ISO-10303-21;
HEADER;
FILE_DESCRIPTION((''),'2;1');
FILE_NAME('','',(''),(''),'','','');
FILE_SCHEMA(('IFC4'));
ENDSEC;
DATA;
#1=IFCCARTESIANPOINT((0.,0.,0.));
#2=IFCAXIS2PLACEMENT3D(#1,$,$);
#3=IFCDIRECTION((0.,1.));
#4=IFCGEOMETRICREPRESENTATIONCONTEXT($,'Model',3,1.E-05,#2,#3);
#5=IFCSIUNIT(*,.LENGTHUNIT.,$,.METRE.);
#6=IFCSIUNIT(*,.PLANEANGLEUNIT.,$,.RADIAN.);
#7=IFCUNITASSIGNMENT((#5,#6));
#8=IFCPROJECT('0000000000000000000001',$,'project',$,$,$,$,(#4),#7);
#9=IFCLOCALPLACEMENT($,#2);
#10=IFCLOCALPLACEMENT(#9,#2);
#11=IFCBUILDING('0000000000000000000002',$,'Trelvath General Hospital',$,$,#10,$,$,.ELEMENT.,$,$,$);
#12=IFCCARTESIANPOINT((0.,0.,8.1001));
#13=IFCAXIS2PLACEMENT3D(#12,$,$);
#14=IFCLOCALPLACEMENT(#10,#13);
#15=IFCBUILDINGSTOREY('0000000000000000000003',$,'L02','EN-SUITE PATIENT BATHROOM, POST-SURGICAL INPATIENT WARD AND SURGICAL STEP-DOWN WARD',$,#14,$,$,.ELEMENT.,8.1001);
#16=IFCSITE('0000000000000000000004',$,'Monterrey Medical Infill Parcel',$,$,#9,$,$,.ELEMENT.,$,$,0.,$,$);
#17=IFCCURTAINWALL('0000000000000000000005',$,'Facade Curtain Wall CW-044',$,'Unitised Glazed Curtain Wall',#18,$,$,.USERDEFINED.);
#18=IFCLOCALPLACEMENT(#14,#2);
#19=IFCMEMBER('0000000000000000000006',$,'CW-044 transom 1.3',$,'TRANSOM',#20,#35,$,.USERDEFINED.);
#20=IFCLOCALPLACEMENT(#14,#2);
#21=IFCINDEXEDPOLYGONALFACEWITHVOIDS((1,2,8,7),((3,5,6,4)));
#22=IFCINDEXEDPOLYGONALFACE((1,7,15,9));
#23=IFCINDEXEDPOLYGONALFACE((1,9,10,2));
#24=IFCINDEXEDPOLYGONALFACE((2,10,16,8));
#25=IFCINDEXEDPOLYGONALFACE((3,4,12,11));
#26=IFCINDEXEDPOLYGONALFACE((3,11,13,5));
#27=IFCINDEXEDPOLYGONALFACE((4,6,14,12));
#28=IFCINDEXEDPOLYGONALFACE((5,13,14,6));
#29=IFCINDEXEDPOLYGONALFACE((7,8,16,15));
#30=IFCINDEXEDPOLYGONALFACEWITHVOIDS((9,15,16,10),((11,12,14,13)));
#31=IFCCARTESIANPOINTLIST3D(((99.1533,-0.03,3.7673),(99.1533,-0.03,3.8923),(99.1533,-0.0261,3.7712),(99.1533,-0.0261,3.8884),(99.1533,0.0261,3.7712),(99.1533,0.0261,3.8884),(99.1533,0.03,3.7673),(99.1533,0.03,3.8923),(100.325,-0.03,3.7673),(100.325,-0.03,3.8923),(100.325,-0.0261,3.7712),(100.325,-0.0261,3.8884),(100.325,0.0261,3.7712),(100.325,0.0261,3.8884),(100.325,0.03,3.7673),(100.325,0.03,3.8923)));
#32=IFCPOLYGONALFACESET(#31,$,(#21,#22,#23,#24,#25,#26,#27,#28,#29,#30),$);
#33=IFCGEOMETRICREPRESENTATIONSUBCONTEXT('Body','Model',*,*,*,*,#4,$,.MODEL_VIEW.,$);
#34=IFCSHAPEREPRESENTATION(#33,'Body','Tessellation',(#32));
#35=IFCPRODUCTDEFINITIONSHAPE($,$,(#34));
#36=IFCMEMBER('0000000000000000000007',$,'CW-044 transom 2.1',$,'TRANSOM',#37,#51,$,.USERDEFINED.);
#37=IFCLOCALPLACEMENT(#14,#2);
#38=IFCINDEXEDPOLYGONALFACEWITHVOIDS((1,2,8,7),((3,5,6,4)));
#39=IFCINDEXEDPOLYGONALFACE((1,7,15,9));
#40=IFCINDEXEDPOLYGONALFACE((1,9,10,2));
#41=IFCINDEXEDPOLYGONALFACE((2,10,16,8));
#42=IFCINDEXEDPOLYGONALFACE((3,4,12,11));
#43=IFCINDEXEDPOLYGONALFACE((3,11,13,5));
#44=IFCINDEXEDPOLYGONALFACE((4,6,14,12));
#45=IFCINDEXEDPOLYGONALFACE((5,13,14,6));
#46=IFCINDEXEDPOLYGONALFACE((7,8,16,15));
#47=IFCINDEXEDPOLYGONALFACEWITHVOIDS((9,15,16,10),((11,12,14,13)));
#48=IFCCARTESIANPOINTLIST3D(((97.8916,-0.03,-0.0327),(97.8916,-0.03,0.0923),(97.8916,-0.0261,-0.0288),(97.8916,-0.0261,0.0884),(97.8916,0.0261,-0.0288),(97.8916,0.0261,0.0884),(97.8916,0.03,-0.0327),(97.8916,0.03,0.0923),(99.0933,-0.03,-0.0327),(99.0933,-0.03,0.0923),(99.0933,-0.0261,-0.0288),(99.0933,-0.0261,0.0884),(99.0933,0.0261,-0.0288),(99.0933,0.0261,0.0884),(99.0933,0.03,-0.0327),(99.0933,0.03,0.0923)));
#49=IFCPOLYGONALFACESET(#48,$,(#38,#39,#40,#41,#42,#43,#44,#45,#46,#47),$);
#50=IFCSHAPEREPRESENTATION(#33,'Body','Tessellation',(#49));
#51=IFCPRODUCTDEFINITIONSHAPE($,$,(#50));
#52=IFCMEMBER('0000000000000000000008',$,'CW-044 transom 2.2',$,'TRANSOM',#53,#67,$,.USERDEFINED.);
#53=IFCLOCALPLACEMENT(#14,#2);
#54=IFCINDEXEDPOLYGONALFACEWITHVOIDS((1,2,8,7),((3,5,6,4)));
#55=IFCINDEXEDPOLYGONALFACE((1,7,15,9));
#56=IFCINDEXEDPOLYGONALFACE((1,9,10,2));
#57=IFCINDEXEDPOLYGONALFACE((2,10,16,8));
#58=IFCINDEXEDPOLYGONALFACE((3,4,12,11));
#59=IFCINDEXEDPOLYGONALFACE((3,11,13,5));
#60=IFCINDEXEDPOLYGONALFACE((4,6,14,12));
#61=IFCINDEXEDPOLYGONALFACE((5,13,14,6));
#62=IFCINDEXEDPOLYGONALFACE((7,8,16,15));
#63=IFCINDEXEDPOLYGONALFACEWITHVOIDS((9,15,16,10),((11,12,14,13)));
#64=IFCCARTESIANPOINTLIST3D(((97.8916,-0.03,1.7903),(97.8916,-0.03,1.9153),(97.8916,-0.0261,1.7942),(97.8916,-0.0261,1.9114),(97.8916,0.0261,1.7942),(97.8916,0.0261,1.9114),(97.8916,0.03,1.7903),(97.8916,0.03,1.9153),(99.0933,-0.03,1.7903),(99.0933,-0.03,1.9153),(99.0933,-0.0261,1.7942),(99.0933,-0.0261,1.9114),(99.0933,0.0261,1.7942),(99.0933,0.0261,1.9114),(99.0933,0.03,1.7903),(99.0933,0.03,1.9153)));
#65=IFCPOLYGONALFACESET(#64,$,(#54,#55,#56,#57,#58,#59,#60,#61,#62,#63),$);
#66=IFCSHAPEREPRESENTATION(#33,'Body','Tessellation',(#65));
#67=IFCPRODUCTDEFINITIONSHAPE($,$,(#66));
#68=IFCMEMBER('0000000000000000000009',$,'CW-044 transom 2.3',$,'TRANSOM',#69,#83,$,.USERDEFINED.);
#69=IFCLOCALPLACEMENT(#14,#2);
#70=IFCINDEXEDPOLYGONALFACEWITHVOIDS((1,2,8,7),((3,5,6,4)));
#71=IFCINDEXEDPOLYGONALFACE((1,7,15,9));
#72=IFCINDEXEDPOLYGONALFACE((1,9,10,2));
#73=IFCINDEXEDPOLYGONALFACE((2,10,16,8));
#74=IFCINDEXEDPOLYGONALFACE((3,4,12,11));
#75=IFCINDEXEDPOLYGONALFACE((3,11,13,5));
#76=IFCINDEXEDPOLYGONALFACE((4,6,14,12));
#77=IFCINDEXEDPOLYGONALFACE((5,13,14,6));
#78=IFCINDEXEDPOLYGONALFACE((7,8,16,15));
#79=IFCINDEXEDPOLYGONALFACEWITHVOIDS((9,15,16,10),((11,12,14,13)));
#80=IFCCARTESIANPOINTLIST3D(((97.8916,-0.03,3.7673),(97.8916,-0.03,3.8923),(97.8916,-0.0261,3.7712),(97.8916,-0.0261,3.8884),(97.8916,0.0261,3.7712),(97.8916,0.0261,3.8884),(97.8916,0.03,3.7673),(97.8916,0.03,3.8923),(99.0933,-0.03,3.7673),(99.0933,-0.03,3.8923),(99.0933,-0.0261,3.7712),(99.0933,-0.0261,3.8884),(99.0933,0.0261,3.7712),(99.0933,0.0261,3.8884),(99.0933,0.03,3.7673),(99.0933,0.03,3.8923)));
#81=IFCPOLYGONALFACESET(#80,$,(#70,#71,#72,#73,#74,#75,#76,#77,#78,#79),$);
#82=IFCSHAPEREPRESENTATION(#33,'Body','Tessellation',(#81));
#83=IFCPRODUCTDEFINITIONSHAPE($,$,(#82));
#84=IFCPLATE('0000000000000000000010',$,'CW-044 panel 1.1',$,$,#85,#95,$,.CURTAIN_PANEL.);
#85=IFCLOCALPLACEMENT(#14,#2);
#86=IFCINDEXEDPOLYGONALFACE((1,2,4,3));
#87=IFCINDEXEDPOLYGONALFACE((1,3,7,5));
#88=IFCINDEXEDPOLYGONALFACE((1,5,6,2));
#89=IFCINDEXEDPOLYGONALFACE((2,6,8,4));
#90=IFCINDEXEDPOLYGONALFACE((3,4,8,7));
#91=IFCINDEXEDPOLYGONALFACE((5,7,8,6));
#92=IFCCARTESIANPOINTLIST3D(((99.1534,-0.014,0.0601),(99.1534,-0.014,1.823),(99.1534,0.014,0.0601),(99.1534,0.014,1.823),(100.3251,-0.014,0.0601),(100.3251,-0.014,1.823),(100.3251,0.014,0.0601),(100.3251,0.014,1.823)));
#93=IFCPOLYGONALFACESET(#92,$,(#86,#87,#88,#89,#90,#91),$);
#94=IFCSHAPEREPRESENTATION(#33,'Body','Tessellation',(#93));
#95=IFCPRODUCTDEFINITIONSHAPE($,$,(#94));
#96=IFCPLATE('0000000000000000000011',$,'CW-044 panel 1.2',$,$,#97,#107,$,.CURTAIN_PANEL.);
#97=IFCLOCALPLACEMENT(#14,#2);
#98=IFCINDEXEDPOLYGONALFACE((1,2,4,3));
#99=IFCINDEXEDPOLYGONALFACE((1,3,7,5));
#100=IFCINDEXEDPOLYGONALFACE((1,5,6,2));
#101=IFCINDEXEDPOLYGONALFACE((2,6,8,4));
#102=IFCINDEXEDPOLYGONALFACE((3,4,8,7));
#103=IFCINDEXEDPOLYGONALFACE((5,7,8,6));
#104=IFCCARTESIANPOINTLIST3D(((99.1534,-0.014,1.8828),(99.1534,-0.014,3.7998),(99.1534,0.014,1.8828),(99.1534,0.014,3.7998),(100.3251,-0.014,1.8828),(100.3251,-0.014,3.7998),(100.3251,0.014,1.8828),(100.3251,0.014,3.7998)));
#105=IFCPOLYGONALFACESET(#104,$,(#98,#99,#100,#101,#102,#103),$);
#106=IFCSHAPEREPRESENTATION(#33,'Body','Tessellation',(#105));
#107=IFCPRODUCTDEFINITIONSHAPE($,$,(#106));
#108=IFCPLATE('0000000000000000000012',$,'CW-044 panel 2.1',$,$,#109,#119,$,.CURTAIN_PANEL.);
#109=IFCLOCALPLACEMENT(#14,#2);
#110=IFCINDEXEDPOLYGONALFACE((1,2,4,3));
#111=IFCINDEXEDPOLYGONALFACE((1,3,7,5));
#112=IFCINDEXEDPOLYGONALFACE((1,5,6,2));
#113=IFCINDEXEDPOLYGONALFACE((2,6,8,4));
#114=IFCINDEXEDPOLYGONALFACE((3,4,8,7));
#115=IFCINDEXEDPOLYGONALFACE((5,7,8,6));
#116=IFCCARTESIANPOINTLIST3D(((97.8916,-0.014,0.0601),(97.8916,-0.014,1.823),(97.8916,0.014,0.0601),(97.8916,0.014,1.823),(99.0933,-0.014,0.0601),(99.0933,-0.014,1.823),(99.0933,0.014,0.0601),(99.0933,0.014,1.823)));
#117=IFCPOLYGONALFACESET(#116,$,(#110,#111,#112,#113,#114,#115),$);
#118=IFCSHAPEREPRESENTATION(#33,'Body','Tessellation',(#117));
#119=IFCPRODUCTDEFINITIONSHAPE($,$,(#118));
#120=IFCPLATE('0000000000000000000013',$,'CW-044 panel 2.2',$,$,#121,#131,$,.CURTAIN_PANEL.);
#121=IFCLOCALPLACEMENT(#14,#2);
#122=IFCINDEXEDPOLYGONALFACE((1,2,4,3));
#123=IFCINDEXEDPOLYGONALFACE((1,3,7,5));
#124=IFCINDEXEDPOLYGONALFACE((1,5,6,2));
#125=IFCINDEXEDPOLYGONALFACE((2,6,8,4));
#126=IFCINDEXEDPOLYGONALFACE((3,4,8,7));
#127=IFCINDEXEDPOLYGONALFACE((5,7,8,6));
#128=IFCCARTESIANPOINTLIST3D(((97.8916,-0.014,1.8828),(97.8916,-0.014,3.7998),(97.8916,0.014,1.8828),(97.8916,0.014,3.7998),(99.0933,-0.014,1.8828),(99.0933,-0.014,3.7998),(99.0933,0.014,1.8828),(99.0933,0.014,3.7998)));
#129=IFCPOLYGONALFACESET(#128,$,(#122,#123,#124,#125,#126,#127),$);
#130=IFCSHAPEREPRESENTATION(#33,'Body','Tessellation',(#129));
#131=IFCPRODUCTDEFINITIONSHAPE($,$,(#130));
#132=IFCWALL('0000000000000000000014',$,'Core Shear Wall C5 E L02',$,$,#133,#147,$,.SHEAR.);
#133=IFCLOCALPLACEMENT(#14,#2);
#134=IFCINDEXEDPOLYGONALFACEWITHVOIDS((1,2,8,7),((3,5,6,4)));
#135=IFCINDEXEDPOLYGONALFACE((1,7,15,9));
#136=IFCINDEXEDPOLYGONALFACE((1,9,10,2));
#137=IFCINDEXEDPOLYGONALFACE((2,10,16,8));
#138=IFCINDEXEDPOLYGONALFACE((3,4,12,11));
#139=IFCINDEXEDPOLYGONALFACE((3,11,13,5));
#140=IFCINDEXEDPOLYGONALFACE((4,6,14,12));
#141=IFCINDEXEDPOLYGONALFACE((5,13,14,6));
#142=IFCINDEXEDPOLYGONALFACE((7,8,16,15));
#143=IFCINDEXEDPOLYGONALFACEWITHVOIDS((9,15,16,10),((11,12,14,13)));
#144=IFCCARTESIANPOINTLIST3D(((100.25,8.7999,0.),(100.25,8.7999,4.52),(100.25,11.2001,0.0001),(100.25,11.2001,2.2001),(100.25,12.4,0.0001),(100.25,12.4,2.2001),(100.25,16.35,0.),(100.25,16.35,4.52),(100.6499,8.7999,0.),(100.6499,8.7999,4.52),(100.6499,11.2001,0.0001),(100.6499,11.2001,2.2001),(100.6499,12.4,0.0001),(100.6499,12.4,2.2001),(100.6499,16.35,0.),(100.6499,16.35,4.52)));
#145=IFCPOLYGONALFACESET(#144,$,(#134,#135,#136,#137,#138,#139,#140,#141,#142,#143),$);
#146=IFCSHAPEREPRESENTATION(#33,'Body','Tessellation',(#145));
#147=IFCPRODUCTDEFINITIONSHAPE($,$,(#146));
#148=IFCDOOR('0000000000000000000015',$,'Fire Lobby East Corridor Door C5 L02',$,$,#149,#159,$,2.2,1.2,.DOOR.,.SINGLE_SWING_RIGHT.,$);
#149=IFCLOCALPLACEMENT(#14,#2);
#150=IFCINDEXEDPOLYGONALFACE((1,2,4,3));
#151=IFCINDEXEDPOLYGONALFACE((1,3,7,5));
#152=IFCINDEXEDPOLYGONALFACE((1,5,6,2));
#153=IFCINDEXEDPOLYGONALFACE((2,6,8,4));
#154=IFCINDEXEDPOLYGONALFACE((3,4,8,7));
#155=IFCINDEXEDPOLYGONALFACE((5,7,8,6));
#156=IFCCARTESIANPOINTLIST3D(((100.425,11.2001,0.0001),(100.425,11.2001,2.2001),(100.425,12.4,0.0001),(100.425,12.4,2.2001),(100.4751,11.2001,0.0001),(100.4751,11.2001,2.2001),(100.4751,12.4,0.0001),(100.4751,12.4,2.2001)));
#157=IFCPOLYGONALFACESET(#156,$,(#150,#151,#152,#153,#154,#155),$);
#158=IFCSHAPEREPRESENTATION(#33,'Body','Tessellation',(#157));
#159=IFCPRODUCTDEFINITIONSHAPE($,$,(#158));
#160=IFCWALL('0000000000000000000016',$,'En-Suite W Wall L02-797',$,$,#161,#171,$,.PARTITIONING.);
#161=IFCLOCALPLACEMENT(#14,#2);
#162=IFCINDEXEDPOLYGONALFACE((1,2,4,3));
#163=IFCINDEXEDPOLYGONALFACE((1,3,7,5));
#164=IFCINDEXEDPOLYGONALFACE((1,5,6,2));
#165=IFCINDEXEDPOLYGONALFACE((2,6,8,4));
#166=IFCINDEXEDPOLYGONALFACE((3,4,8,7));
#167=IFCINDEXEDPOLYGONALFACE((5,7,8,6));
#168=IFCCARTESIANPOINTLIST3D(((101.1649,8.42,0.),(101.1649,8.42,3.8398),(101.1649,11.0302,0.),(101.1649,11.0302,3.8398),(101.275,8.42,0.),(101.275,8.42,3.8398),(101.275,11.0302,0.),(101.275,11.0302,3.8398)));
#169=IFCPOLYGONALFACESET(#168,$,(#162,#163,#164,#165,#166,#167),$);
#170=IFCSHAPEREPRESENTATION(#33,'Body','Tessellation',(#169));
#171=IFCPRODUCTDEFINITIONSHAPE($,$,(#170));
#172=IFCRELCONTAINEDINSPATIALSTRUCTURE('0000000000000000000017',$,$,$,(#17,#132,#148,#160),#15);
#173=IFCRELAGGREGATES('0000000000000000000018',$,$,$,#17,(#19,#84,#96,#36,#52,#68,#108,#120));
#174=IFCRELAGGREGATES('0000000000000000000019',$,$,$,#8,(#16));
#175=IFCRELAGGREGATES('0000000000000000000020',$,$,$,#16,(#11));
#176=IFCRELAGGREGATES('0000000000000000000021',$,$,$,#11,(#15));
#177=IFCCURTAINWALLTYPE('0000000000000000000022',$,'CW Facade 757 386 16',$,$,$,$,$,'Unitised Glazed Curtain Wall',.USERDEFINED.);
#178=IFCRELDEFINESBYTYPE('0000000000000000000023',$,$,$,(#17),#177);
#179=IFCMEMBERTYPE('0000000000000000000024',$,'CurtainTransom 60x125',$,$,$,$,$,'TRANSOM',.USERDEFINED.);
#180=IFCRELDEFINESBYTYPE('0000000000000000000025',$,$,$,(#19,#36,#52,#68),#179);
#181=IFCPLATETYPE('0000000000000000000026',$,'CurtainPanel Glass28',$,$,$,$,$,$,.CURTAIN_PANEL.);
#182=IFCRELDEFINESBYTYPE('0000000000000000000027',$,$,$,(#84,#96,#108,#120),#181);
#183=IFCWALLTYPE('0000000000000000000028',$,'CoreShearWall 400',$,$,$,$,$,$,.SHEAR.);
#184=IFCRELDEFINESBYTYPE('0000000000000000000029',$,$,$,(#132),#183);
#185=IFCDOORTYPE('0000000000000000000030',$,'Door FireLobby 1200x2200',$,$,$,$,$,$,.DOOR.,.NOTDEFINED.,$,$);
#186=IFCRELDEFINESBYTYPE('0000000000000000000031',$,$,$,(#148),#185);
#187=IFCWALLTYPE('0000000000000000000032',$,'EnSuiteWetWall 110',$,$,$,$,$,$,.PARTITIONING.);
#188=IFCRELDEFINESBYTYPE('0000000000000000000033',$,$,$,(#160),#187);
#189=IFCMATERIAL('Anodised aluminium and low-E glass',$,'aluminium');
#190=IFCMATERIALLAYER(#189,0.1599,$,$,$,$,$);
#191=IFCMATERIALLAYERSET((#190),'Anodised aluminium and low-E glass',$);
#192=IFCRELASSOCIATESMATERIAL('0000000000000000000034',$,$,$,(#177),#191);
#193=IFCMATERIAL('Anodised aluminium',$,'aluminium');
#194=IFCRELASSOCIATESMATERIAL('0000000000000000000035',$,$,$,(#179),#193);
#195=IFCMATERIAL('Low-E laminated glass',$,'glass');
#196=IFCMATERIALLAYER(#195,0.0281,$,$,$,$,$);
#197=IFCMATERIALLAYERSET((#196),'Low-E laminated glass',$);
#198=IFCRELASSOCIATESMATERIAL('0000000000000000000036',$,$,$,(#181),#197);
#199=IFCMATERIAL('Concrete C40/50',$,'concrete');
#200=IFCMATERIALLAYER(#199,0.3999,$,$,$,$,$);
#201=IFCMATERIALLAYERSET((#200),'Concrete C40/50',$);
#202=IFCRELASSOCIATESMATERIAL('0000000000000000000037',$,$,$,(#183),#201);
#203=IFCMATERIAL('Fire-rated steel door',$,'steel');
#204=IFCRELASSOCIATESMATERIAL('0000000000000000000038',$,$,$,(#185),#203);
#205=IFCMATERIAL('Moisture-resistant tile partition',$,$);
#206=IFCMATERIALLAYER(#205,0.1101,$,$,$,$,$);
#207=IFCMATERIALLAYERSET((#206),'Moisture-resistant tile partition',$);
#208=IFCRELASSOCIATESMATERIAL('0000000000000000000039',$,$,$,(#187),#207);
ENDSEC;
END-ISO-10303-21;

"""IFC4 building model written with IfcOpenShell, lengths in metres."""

from ifc_helpers import new_model, si_unit, direction, frame, frame_2d, origin, origin_2d, place, context, subcontext, project, spatial, rectangle, hollow_rectangle, extrude, material, layer, layer_set, material_profile, profile_set, type_object, element, fill, aggregate, save


model = new_model("IFC4")

# Units and contexts
model_context = context("Model", 3, precision=1e-05, world=origin(), true_north=direction((0.0, 1.0)))
body_context = subcontext(model_context, "Body", "Model", "MODEL_VIEW")
ifc_project = project(units=[si_unit("LENGTHUNIT", "METRE"), si_unit("PLANEANGLEUNIT", "RADIAN")], contexts=[model_context])

# Site, building, storey
site_placement = place(None, origin())
site = spatial("IfcSite", under=ifc_project, at=site_placement, Name="Monterrey Medical Infill Parcel", CompositionType="ELEMENT", RefElevation=0.0)
building_placement = place(site_placement, origin())
building = spatial("IfcBuilding", under=site, at=building_placement, Name="Trelvath General Hospital", CompositionType="ELEMENT")
storey_placement = place(building_placement, frame((0.0, 0.0, 8.1001)))
storey = spatial("IfcBuildingStorey", under=building, at=storey_placement, Name="L02", Description="EN-SUITE PATIENT BATHROOM, POST-SURGICAL INPATIENT WARD AND SURGICAL STEP-DOWN WARD", CompositionType="ELEMENT", Elevation=8.1001)

# Curtain wall, members, plates
ifc_material_1 = material(Name="Anodised aluminium and low-E glass", Category="aluminium")
ifc_layer_1 = layer(ifc_material_1, 0.1599)
ifc_layer_set_1 = layer_set([ifc_layer_1], Name="Anodised aluminium and low-E glass")
curtain_wall_type = type_object("IfcCurtainWallType", Name="CW Facade 757 386 16", ElementType="Unitised Glazed Curtain Wall", PredefinedType="USERDEFINED", material=ifc_layer_set_1)
curtain_wall_placement = place(storey_placement, origin())
curtain_wall = element("IfcCurtainWall", 1, at=curtain_wall_placement, inside=storey, type_object=curtain_wall_type, Name="Facade Curtain Wall CW-044", ObjectType="Unitised Glazed Curtain Wall", PredefinedType="USERDEFINED")
ifc_material_2 = material(Name="Anodised aluminium", Category="aluminium")
ifc_material_profile_1 = material_profile(ifc_material_2, hollow_rectangle(XDim=0.0601, YDim=0.125, WallThickness=0.0039, at=origin_2d()), Name="RHS60x125x4")
ifc_profile_set_1 = profile_set([ifc_material_profile_1], Name="Anodised aluminium")
member_type_1 = type_object("IfcMemberType", Name="CurtainTransom 60x125", ElementType="TRANSOM", PredefinedType="USERDEFINED", material=ifc_profile_set_1)
member_1_placement = place(storey_placement, frame((100.325, 0.0, 3.8298), z_axis=(-1.0, 0.0, 0.0), x_axis=(0.0, -1.0, 0.0)))
member_1 = element("IfcMember", 2, at=member_1_placement, type_object=member_type_1, Name="CW-044 transom 1.3", ObjectType="TRANSOM", PredefinedType="USERDEFINED", context=body_context, shape_type="SweptSolid", body=[
    extrude(hollow_rectangle(XDim=0.0601, YDim=0.125, WallThickness=0.0039, at=origin_2d()), origin(), (0.0, 0.0, 1.0), 1.1716),
])
member_2_placement = place(storey_placement, frame((99.0933, 0.0, 0.0298), z_axis=(-1.0, 0.0, 0.0), x_axis=(0.0, -1.0, 0.0)))
member_2 = element("IfcMember", 3, at=member_2_placement, type_object=member_type_1, Name="CW-044 transom 2.1", ObjectType="TRANSOM", PredefinedType="USERDEFINED", context=body_context, shape_type="SweptSolid", body=[
    extrude(hollow_rectangle(XDim=0.0601, YDim=0.125, WallThickness=0.0039, at=origin_2d()), origin(), (0.0, 0.0, 1.0), 1.2017),
])
member_3_placement = place(storey_placement, frame((99.0933, 0.0, 1.8528), z_axis=(-1.0, 0.0, 0.0), x_axis=(0.0, -1.0, 0.0)))
member_3 = element("IfcMember", 4, at=member_3_placement, type_object=member_type_1, Name="CW-044 transom 2.2", ObjectType="TRANSOM", PredefinedType="USERDEFINED", context=body_context, shape_type="SweptSolid", body=[
    extrude(hollow_rectangle(XDim=0.0601, YDim=0.125, WallThickness=0.0039, at=origin_2d()), origin(), (0.0, 0.0, 1.0), 1.2017),
])
member_4_placement = place(storey_placement, frame((99.0933, 0.0, 3.8298), z_axis=(-1.0, 0.0, 0.0), x_axis=(0.0, -1.0, 0.0)))
member_4 = element("IfcMember", 5, at=member_4_placement, type_object=member_type_1, Name="CW-044 transom 2.3", ObjectType="TRANSOM", PredefinedType="USERDEFINED", context=body_context, shape_type="SweptSolid", body=[
    extrude(hollow_rectangle(XDim=0.0601, YDim=0.125, WallThickness=0.0039, at=origin_2d()), origin(), (0.0, 0.0, 1.0), 1.2017),
])
ifc_material_3 = material(Name="Low-E laminated glass", Category="glass")
ifc_layer_2 = layer(ifc_material_3, 0.0281)
ifc_layer_set_2 = layer_set([ifc_layer_2], Name="Low-E laminated glass")
plate_type = type_object("IfcPlateType", Name="CurtainPanel Glass28", PredefinedType="CURTAIN_PANEL", material=ifc_layer_set_2)
plate_1_placement = place(storey_placement, frame((99.7393, 0.0, 0.0601), z_axis=(0.0, 0.0, 1.0), x_axis=(-1.0, 0.0, 0.0)))
plate_1 = element("IfcPlate", 6, at=plate_1_placement, type_object=plate_type, Name="CW-044 panel 1.1", PredefinedType="CURTAIN_PANEL", context=body_context, shape_type="SweptSolid", body=[
    extrude(rectangle(XDim=1.1716, YDim=0.0281, at=origin_2d()), origin(), (0.0, 0.0, 1.0), 1.7629),
])
plate_2_placement = place(storey_placement, frame((99.7393, 0.0, 1.8828), z_axis=(0.0, 0.0, 1.0), x_axis=(-1.0, 0.0, 0.0)))
plate_2 = element("IfcPlate", 7, at=plate_2_placement, type_object=plate_type, Name="CW-044 panel 1.2", PredefinedType="CURTAIN_PANEL", context=body_context, shape_type="SweptSolid", body=[
    extrude(rectangle(XDim=1.1716, YDim=0.0281, at=origin_2d()), origin(), (0.0, 0.0, 1.0), 1.917),
])
plate_3_placement = place(storey_placement, frame((98.4924, 0.0, 0.0601), z_axis=(0.0, 0.0, 1.0), x_axis=(-1.0, 0.0, 0.0)))
plate_3 = element("IfcPlate", 8, at=plate_3_placement, type_object=plate_type, Name="CW-044 panel 2.1", PredefinedType="CURTAIN_PANEL", context=body_context, shape_type="SweptSolid", body=[
    extrude(rectangle(XDim=1.2017, YDim=0.0281, at=origin_2d()), origin(), (0.0, 0.0, 1.0), 1.7629),
])
plate_4_placement = place(storey_placement, frame((98.4924, 0.0, 1.8828), z_axis=(0.0, 0.0, 1.0), x_axis=(-1.0, 0.0, 0.0)))
plate_4 = element("IfcPlate", 9, at=plate_4_placement, type_object=plate_type, Name="CW-044 panel 2.2", PredefinedType="CURTAIN_PANEL", context=body_context, shape_type="SweptSolid", body=[
    extrude(rectangle(XDim=1.2017, YDim=0.0281, at=origin_2d()), origin(), (0.0, 0.0, 1.0), 1.917),
])
aggregate(curtain_wall, [member_1, plate_1, plate_2, member_2, member_3, member_4, plate_3, plate_4])

# Wall, opening, door
ifc_material_4 = material(Name="Concrete C40/50", Category="concrete")
ifc_layer_3 = layer(ifc_material_4, 0.3999)
ifc_layer_set_3 = layer_set([ifc_layer_3], Name="Concrete C40/50")
wall_type_1 = type_object("IfcWallType", Name="CoreShearWall 400", PredefinedType="SHEAR", material=ifc_layer_set_3)
wall_1_placement = place(storey_placement, frame((100.45, 8.8, 0.0), z_axis=(0.0, 0.0, 1.0), x_axis=(0.0, 1.0, 0.0)))
wall_1 = element("IfcWall", 10, at=wall_1_placement, inside=storey, type_object=wall_type_1, Name="Core Shear Wall C5 E L02", PredefinedType="SHEAR", context=body_context, shape_type="SweptSolid", body=[
    extrude(rectangle(XDim=7.55, YDim=0.3999, at=frame_2d((3.7749, 0.0))), origin(), (0.0, 0.0, 1.0), 4.52),
])
opening_1_placement = place(wall_1_placement, frame((2.3999, 0.0, 0.0)))
opening_1 = element("IfcOpeningElement", 11, at=opening_1_placement, cuts=wall_1, PredefinedType="OPENING", context=body_context, shape_type="SweptSolid", body=[
    extrude(rectangle(XDim=1.2, YDim=2.2, at=frame_2d((0.6001, 1.1001))), frame((0.0, 0.21, 0.0), z_axis=(0.0, -1.0, 0.0), x_axis=(1.0, 0.0, 0.0)), (0.0, 0.0, 1.0), 0.4199),
])
ifc_material_5 = material(Name="Fire-rated steel door", Category="steel")
door_type_1 = type_object("IfcDoorType", Name="Door FireLobby 1200x2200", OperationType="NOTDEFINED", PredefinedType="DOOR", material=ifc_material_5)
door_1_placement = place(opening_1_placement, origin())
door_1 = element("IfcDoor", 12, at=door_1_placement, inside=storey, type_object=door_type_1, Name="Fire Lobby East Corridor Door C5 L02", OperationType="SINGLE_SWING_RIGHT", OverallHeight=2.2, OverallWidth=1.2, PredefinedType="DOOR", context=body_context, shape_type="SweptSolid", body=[
    extrude(rectangle(XDim=1.2, YDim=2.2, at=frame_2d((0.6001, 1.1001))), frame((0.0, 0.0249, 0.0), z_axis=(0.0, -1.0, 0.0), x_axis=(1.0, 0.0, 0.0)), (0.0, 0.0, 1.0), 0.05),
])
fill(opening_1, door_1)

# Wall
ifc_material_6 = material(Name="Moisture-resistant tile partition")
ifc_layer_4 = layer(ifc_material_6, 0.1101)
ifc_layer_set_4 = layer_set([ifc_layer_4], Name="Moisture-resistant tile partition")
wall_type_2 = type_object("IfcWallType", Name="EnSuiteWetWall 110", PredefinedType="PARTITIONING", material=ifc_layer_set_4)
wall_2_placement = place(storey_placement, frame((101.22, 8.4199, 0.0), z_axis=(0.0, 0.0, 1.0), x_axis=(0.0, 1.0, 0.0)))
element("IfcWall", 13, at=wall_2_placement, inside=storey, type_object=wall_type_2, Name="En-Suite W Wall L02-797", PredefinedType="PARTITIONING", context=body_context, shape_type="SweptSolid", body=[
    extrude(rectangle(XDim=2.6101, YDim=0.1101, at=frame_2d((1.3052, 0.0))), origin(), (0.0, 0.0, 1.0), 3.8398),
])

save(model, "model.ifc")
